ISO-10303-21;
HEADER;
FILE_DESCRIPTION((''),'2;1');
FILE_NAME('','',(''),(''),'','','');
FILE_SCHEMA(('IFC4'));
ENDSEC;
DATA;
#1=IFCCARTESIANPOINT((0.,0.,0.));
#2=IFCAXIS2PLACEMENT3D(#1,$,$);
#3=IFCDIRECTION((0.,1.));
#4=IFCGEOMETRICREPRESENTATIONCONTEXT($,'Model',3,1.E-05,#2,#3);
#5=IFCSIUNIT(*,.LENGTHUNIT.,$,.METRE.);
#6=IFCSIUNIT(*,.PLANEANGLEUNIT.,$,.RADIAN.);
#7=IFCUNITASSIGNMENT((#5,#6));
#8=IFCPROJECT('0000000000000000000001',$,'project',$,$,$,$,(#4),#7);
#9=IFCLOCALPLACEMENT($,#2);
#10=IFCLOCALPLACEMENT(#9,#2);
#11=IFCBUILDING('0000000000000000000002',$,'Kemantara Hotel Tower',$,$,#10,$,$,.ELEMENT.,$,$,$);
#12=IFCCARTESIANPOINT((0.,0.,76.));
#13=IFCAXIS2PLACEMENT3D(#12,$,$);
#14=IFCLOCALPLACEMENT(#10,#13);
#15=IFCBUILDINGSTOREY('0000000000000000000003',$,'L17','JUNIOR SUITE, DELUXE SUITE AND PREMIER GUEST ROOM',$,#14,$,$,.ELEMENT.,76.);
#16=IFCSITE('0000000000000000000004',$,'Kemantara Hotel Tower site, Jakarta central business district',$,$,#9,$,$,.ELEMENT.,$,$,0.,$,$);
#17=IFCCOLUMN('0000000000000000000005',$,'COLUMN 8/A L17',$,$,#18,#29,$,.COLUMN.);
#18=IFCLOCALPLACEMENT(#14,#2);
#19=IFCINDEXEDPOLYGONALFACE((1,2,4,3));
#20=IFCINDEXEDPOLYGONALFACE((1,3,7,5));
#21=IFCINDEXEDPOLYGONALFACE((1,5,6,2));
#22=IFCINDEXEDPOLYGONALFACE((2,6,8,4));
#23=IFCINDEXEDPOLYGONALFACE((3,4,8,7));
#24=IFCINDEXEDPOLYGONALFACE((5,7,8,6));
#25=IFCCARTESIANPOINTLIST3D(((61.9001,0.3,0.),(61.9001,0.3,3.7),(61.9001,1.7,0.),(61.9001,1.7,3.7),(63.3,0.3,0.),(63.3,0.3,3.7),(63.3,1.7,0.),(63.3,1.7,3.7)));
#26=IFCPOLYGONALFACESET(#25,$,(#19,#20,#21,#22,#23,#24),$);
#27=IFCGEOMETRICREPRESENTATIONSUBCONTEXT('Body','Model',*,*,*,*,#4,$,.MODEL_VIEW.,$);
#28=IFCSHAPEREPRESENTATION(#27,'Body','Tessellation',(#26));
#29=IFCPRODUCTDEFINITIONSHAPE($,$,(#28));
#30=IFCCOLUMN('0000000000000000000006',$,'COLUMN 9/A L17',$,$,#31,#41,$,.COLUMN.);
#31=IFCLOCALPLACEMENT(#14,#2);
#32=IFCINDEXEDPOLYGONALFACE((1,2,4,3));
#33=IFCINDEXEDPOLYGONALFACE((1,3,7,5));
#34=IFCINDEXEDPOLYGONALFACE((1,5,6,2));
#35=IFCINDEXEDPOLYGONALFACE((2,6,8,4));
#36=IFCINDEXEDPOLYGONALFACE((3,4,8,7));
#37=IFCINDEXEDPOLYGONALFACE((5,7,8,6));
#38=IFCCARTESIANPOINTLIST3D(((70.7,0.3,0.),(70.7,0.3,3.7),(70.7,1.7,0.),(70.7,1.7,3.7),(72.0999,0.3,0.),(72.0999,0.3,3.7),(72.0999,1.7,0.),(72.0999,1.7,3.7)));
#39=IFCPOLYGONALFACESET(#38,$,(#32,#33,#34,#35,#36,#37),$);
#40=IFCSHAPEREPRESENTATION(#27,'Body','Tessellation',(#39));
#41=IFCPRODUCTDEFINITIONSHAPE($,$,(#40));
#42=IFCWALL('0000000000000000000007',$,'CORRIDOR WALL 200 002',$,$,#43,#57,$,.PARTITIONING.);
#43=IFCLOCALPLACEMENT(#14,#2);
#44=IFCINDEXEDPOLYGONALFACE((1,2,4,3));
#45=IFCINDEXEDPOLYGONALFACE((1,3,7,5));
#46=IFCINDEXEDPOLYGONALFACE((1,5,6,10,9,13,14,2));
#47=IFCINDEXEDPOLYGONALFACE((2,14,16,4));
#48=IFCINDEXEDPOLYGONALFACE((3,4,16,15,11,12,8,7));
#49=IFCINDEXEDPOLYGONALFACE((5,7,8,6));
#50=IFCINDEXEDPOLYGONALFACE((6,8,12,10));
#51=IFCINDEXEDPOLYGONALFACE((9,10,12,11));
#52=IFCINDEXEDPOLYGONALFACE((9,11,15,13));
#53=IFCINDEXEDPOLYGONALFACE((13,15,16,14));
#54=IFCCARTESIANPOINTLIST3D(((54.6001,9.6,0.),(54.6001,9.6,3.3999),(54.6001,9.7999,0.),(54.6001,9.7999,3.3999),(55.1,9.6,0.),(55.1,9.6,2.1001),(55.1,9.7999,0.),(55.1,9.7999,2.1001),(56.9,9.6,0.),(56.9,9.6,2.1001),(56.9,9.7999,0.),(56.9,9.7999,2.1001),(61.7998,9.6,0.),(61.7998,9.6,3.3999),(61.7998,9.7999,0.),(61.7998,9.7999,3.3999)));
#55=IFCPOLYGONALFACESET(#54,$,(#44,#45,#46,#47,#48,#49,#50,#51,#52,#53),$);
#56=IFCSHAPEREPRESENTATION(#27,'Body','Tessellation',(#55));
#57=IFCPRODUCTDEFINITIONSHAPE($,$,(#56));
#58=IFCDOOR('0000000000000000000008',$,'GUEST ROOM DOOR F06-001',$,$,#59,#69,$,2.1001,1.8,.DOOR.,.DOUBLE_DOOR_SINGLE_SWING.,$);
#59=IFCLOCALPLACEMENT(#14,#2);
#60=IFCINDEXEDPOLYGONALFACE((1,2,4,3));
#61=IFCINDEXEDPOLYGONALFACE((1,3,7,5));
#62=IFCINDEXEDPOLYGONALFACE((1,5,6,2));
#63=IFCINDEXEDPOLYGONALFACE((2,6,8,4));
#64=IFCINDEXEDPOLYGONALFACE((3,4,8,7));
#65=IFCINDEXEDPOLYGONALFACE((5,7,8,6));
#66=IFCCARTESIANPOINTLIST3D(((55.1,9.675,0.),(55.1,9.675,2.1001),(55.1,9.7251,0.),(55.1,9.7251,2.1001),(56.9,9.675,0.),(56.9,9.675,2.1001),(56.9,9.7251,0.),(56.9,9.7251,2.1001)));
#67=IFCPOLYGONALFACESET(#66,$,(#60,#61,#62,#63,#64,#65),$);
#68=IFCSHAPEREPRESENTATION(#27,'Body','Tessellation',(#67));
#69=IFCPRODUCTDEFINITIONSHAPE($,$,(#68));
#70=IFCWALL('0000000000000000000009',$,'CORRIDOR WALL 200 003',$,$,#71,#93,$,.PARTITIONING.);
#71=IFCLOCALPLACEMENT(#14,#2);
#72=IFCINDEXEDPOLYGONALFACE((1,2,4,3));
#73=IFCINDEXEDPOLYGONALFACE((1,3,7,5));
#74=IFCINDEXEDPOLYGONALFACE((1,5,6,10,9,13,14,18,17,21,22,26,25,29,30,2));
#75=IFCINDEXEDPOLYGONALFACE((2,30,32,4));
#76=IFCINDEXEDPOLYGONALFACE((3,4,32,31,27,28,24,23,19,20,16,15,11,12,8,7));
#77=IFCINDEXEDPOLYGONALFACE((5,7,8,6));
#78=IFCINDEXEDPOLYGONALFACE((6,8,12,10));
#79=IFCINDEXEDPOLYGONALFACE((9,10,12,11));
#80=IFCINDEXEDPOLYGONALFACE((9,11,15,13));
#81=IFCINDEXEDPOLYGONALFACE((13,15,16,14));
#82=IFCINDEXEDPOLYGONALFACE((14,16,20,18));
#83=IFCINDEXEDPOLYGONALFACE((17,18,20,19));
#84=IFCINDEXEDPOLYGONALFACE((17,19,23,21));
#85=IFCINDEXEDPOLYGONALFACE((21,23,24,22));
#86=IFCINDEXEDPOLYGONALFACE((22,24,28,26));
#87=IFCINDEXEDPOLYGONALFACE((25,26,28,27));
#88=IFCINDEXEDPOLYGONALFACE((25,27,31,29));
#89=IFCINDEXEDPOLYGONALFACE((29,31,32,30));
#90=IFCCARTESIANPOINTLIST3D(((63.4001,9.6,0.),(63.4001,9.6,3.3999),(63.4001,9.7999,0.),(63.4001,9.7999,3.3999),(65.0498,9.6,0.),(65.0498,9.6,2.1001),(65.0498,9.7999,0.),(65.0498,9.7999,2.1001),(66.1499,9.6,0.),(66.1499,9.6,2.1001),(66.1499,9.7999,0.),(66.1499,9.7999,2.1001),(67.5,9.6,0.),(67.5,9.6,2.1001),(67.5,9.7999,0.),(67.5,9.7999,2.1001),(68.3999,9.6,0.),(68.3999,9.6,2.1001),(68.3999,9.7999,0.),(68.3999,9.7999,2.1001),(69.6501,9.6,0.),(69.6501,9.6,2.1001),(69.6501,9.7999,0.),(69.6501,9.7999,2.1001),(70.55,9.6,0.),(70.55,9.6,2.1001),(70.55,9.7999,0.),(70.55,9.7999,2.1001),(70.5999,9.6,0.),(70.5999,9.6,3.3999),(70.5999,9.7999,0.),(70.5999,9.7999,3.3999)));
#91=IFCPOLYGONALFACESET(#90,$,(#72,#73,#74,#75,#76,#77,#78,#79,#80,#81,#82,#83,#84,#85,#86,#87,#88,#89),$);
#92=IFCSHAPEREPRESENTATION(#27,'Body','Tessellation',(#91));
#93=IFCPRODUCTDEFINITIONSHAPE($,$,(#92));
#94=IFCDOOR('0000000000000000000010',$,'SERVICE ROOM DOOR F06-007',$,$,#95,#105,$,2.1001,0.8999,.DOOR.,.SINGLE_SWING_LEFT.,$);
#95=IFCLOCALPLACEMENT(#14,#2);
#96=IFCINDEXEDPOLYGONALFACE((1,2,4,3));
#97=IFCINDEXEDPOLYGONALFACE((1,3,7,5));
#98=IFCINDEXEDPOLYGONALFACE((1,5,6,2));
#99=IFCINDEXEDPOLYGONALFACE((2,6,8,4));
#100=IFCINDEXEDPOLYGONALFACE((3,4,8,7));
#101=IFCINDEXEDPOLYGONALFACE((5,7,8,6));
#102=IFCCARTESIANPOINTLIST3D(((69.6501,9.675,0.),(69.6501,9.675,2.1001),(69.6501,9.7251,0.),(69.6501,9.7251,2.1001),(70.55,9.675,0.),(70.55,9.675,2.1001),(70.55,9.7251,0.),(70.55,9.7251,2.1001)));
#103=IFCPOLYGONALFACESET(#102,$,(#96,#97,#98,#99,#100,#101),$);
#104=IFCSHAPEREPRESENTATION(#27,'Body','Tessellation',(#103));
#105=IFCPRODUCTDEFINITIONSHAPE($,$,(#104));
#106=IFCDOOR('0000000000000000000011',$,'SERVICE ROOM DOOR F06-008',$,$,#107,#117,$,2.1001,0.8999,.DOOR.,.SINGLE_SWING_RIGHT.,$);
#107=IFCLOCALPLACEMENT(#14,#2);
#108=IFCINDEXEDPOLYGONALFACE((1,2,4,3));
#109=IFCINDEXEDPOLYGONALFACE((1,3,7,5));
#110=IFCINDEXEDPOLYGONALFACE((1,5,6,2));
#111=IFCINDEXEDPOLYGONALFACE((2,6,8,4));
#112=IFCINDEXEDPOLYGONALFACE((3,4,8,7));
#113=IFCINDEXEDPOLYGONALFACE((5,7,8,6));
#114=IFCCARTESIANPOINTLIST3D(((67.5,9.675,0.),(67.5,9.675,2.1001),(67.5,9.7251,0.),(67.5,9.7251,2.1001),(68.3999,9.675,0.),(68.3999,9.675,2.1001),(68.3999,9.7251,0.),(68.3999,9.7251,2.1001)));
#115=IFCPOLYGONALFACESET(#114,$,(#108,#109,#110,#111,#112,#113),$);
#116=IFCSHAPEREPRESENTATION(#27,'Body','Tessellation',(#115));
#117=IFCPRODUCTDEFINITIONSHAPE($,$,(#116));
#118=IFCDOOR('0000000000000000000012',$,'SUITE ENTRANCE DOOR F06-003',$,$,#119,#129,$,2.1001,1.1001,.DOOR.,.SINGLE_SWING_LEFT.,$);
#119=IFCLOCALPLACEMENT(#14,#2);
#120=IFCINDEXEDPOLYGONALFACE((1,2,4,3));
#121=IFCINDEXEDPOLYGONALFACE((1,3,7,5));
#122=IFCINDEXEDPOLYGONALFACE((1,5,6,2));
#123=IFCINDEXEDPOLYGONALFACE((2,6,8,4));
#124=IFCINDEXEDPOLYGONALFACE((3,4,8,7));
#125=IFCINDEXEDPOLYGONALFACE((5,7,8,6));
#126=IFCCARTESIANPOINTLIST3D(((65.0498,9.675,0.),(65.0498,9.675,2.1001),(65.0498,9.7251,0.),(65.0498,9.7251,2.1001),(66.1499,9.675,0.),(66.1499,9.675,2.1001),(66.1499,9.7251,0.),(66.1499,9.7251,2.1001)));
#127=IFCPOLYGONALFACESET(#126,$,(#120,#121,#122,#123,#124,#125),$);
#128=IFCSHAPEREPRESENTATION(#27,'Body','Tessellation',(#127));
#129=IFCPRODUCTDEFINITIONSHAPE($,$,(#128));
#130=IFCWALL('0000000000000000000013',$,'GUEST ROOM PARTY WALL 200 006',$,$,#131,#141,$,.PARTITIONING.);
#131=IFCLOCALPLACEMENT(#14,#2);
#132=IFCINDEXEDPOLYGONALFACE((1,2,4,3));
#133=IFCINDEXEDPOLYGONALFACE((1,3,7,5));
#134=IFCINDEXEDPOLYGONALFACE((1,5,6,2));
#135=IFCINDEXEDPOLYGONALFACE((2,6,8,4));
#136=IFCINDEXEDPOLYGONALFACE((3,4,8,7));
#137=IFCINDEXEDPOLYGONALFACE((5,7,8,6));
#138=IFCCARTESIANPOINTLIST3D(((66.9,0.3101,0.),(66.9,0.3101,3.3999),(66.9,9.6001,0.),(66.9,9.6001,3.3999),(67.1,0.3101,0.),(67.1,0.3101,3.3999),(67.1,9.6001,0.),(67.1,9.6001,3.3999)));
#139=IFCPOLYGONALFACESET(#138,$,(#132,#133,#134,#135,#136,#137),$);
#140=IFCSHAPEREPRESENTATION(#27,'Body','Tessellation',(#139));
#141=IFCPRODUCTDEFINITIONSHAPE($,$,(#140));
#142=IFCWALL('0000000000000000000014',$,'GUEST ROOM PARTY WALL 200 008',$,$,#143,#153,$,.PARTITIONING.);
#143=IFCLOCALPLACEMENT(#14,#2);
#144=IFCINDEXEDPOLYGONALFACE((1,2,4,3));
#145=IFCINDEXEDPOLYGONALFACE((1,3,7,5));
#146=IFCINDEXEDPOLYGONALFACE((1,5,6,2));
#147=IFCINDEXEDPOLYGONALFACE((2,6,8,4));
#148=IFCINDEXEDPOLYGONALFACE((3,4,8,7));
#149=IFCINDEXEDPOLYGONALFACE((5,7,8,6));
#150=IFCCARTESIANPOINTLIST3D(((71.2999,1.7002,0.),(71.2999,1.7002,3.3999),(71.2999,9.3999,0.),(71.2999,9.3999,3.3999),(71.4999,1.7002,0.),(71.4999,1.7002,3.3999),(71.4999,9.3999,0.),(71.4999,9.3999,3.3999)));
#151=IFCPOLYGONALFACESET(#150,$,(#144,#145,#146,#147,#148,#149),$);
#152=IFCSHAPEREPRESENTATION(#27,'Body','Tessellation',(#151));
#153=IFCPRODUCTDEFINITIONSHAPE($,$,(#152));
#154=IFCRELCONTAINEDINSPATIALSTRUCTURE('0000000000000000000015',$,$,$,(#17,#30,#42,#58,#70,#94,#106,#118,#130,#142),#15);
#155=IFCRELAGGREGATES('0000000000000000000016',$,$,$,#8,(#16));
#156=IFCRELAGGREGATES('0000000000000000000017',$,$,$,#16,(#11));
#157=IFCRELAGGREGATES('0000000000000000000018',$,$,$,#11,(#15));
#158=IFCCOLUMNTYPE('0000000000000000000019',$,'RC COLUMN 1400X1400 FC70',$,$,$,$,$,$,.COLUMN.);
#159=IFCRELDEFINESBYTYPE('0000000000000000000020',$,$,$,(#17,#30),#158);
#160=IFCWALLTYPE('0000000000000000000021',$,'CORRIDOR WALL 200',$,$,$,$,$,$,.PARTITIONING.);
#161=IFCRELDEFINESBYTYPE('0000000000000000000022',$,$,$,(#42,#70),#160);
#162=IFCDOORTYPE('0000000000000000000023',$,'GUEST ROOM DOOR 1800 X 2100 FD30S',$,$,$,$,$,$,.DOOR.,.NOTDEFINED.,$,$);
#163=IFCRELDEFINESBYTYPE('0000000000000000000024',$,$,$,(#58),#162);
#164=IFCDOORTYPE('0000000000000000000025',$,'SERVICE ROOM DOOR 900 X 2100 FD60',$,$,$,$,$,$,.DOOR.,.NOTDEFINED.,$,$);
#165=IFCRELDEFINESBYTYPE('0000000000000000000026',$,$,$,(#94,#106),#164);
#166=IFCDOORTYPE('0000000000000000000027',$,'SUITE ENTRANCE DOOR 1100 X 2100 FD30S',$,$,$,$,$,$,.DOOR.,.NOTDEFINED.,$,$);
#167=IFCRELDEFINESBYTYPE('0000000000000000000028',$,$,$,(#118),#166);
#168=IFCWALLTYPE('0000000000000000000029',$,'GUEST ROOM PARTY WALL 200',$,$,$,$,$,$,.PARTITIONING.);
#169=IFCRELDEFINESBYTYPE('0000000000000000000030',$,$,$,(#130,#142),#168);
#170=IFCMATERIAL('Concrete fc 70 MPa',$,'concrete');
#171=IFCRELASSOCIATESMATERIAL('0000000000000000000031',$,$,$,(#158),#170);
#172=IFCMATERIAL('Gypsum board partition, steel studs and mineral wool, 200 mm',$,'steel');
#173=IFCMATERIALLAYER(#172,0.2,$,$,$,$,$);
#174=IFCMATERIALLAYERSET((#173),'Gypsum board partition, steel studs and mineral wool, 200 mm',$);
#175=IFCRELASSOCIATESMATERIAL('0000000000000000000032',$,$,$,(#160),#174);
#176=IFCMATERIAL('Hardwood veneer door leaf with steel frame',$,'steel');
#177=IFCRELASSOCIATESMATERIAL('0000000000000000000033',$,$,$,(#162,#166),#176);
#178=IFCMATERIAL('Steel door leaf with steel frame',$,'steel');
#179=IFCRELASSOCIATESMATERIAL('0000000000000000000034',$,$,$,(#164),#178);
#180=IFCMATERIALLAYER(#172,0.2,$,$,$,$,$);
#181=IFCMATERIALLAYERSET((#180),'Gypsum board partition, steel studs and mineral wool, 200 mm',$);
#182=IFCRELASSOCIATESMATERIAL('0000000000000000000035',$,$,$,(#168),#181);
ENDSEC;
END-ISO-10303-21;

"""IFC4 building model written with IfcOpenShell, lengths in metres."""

from ifc_helpers import new_model, si_unit, direction, frame, frame_2d, origin, origin_2d, place, context, subcontext, project, spatial, rectangle, extrude, material, layer, layer_set, material_profile, profile_set, type_object, element, fill, save


model = new_model("IFC4")

# Units and contexts
model_context = context("Model", 3, precision=1e-05, world=origin(), true_north=direction((0.0, 1.0)))
body_context = subcontext(model_context, "Body", "Model", "MODEL_VIEW")
ifc_project = project(units=[si_unit("LENGTHUNIT", "METRE"), si_unit("PLANEANGLEUNIT", "RADIAN")], contexts=[model_context])

# Site, building, storey
site_placement = place(None, origin())
site = spatial("IfcSite", under=ifc_project, at=site_placement, Name="Kemantara Hotel Tower site, Jakarta central business district", CompositionType="ELEMENT", RefElevation=0.0)
building_placement = place(site_placement, origin())
building = spatial("IfcBuilding", under=site, at=building_placement, Name="Kemantara Hotel Tower", CompositionType="ELEMENT")
storey_placement = place(building_placement, frame((0.0, 0.0, 76.0)))
storey = spatial("IfcBuildingStorey", under=building, at=storey_placement, Name="L17", Description="JUNIOR SUITE, DELUXE SUITE AND PREMIER GUEST ROOM", CompositionType="ELEMENT", Elevation=76.0)

# Columns
ifc_material_1 = material(Name="Concrete fc 70 MPa", Category="concrete")
ifc_material_profile = material_profile(ifc_material_1, rectangle(XDim=1.3999, YDim=1.3999, at=origin_2d()), Name="RC 1400X1400")
ifc_profile_set = profile_set([ifc_material_profile], Name="Concrete fc 70 MPa")
column_type = type_object("IfcColumnType", Name="RC COLUMN 1400X1400 FC70", PredefinedType="COLUMN", material=ifc_profile_set)
for number, where, z_axis, x_axis, name in (
    (1, (62.6001, 1.0, 0.0), (0.0, 0.0, 1.0), (1.0, 0.0, 0.0), "COLUMN 8/A L17"),
    (2, (71.3999, 1.0, 0.0), (0.0, 0.0, 1.0), (1.0, 0.0, 0.0), "COLUMN 9/A L17"),
):
    element("IfcColumn", number, at=place(storey_placement, frame(where, z_axis=z_axis, x_axis=x_axis)), inside=storey, type_object=column_type, Name=name, PredefinedType="COLUMN", context=body_context, shape_type="SweptSolid", body=[
        extrude(rectangle(XDim=1.3999, YDim=1.3999, at=origin_2d()), origin(), (0.0, 0.0, 1.0), 3.7),
    ])

# Wall, opening, door
ifc_material_2 = material(Name="Gypsum board partition, steel studs and mineral wool, 200 mm", Category="steel")
ifc_layer_1 = layer(ifc_material_2, 0.2)
ifc_layer_set_1 = layer_set([ifc_layer_1], Name="Gypsum board partition, steel studs and mineral wool, 200 mm")
wall_type_1 = type_object("IfcWallType", Name="CORRIDOR WALL 200", PredefinedType="PARTITIONING", material=ifc_layer_set_1)
wall_1_placement = place(storey_placement, frame((61.7998, 9.7, 0.0), z_axis=(0.0, 0.0, 1.0), x_axis=(-1.0, 0.0, 0.0)))
wall_1 = element("IfcWall", 3, at=wall_1_placement, inside=storey, type_object=wall_type_1, Name="CORRIDOR WALL 200 002", PredefinedType="PARTITIONING", context=body_context, shape_type="SweptSolid", body=[
    extrude(rectangle(XDim=7.1997, YDim=0.2, at=frame_2d((3.5999, 0.0))), origin(), (0.0, 0.0, 1.0), 3.3999),
])
opening_1_placement = place(wall_1_placement, frame((4.8999, 0.0, 0.0)))
opening_1 = element("IfcOpeningElement", 4, at=opening_1_placement, cuts=wall_1, PredefinedType="OPENING", context=body_context, shape_type="SweptSolid", body=[
    extrude(rectangle(XDim=1.8, YDim=2.1001, at=frame_2d((0.8999, 1.05))), frame((0.0, 0.1099, 0.0), z_axis=(0.0, -1.0, 0.0), x_axis=(1.0, 0.0, 0.0)), (0.0, 0.0, 1.0), 0.22),
])
ifc_material_3 = material(Name="Hardwood veneer door leaf with steel frame", Category="steel")
door_type_1 = type_object("IfcDoorType", Name="GUEST ROOM DOOR 1800 X 2100 FD30S", OperationType="NOTDEFINED", PredefinedType="DOOR", material=ifc_material_3)
door_1_placement = place(opening_1_placement, origin())
door_1 = element("IfcDoor", 5, at=door_1_placement, inside=storey, type_object=door_type_1, Name="GUEST ROOM DOOR F06-001", OperationType="DOUBLE_DOOR_SINGLE_SWING", OverallHeight=2.1001, OverallWidth=1.8, PredefinedType="DOOR", context=body_context, shape_type="SweptSolid", body=[
    extrude(rectangle(XDim=1.8, YDim=2.1001, at=frame_2d((0.8999, 1.05))), frame((0.0, 0.0249, 0.0), z_axis=(0.0, -1.0, 0.0), x_axis=(1.0, 0.0, 0.0)), (0.0, 0.0, 1.0), 0.05),
])
fill(opening_1, door_1)

# Wall, openings, doors
wall_2_placement = place(storey_placement, frame((70.5999, 9.7, 0.0), z_axis=(0.0, 0.0, 1.0), x_axis=(-1.0, 0.0, 0.0)))
wall_2 = element("IfcWall", 6, at=wall_2_placement, inside=storey, type_object=wall_type_1, Name="CORRIDOR WALL 200 003", PredefinedType="PARTITIONING", context=body_context, shape_type="SweptSolid", body=[
    extrude(rectangle(XDim=7.1997, YDim=0.2, at=frame_2d((3.5999, 0.0))), origin(), (0.0, 0.0, 1.0), 3.3999),
])
opening_2_placement = place(wall_2_placement, frame((4.45, 0.0, 0.0)))
opening_2 = element("IfcOpeningElement", 7, at=opening_2_placement, cuts=wall_2, PredefinedType="OPENING", context=body_context, shape_type="SweptSolid", body=[
    extrude(rectangle(XDim=1.1001, YDim=2.1001, at=frame_2d((0.55, 1.05))), frame((0.0, 0.1099, 0.0), z_axis=(0.0, -1.0, 0.0), x_axis=(1.0, 0.0, 0.0)), (0.0, 0.0, 1.0), 0.22),
])
opening_3_placement = place(wall_2_placement, frame((0.0498, 0.0, 0.0)))
opening_3 = element("IfcOpeningElement", 8, at=opening_3_placement, cuts=wall_2, PredefinedType="OPENING", context=body_context, shape_type="SweptSolid", body=[
    extrude(rectangle(XDim=0.8999, YDim=2.1001, at=frame_2d((0.45, 1.05))), frame((0.0, 0.1099, 0.0), z_axis=(0.0, -1.0, 0.0), x_axis=(1.0, 0.0, 0.0)), (0.0, 0.0, 1.0), 0.22),
])
opening_4_placement = place(wall_2_placement, frame((2.2, 0.0, 0.0)))
opening_4 = element("IfcOpeningElement", 9, at=opening_4_placement, cuts=wall_2, PredefinedType="OPENING", context=body_context, shape_type="SweptSolid", body=[
    extrude(rectangle(XDim=0.8999, YDim=2.1001, at=frame_2d((0.45, 1.05))), frame((0.0, 0.1099, 0.0), z_axis=(0.0, -1.0, 0.0), x_axis=(1.0, 0.0, 0.0)), (0.0, 0.0, 1.0), 0.22),
])
ifc_material_4 = material(Name="Steel door leaf with steel frame", Category="steel")
door_type_2 = type_object("IfcDoorType", Name="SERVICE ROOM DOOR 900 X 2100 FD60", OperationType="NOTDEFINED", PredefinedType="DOOR", material=ifc_material_4)
door_2_placement = place(opening_3_placement, origin())
door_2 = element("IfcDoor", 10, at=door_2_placement, inside=storey, type_object=door_type_2, Name="SERVICE ROOM DOOR F06-007", OperationType="SINGLE_SWING_LEFT", OverallHeight=2.1001, OverallWidth=0.8999, PredefinedType="DOOR", context=body_context, shape_type="SweptSolid", body=[
    extrude(rectangle(XDim=0.8999, YDim=2.1001, at=frame_2d((0.45, 1.05))), frame((0.0, 0.0249, 0.0), z_axis=(0.0, -1.0, 0.0), x_axis=(1.0, 0.0, 0.0)), (0.0, 0.0, 1.0), 0.05),
])
fill(opening_3, door_2)
door_3_placement = place(opening_4_placement, origin())
door_3 = element("IfcDoor", 11, at=door_3_placement, inside=storey, type_object=door_type_2, Name="SERVICE ROOM DOOR F06-008", OperationType="SINGLE_SWING_RIGHT", OverallHeight=2.1001, OverallWidth=0.8999, PredefinedType="DOOR", context=body_context, shape_type="SweptSolid", body=[
    extrude(rectangle(XDim=0.8999, YDim=2.1001, at=frame_2d((0.45, 1.05))), frame((0.0, 0.0249, 0.0), z_axis=(0.0, -1.0, 0.0), x_axis=(1.0, 0.0, 0.0)), (0.0, 0.0, 1.0), 0.05),
])
fill(opening_4, door_3)
door_type_3 = type_object("IfcDoorType", Name="SUITE ENTRANCE DOOR 1100 X 2100 FD30S", OperationType="NOTDEFINED", PredefinedType="DOOR", material=ifc_material_3)
door_4_placement = place(opening_2_placement, origin())
door_4 = element("IfcDoor", 12, at=door_4_placement, inside=storey, type_object=door_type_3, Name="SUITE ENTRANCE DOOR F06-003", OperationType="SINGLE_SWING_LEFT", OverallHeight=2.1001, OverallWidth=1.1001, PredefinedType="DOOR", context=body_context, shape_type="SweptSolid", body=[
    extrude(rectangle(XDim=1.1001, YDim=2.1001, at=frame_2d((0.55, 1.05))), frame((0.0, 0.0249, 0.0), z_axis=(0.0, -1.0, 0.0), x_axis=(1.0, 0.0, 0.0)), (0.0, 0.0, 1.0), 0.05),
])
fill(opening_2, door_4)

# Walls
ifc_layer_2 = layer(ifc_material_2, 0.2)
ifc_layer_set_2 = layer_set([ifc_layer_2], Name="Gypsum board partition, steel studs and mineral wool, 200 mm")
wall_type_2 = type_object("IfcWallType", Name="GUEST ROOM PARTY WALL 200", PredefinedType="PARTITIONING", material=ifc_layer_set_2)
wall_3_placement = place(storey_placement, frame((67.0, 0.3101, 0.0), z_axis=(0.0, 0.0, 1.0), x_axis=(0.0, 1.0, 0.0)))
element("IfcWall", 13, at=wall_3_placement, inside=storey, type_object=wall_type_2, Name="GUEST ROOM PARTY WALL 200 006", PredefinedType="PARTITIONING", context=body_context, shape_type="SweptSolid", body=[
    extrude(rectangle(XDim=9.29, YDim=0.2, at=frame_2d((4.645, 0.0))), origin(), (0.0, 0.0, 1.0), 3.3999),
])
wall_4_placement = place(storey_placement, frame((71.3999, 1.7002, 0.0), z_axis=(0.0, 0.0, 1.0), x_axis=(0.0, 1.0, 0.0)))
element("IfcWall", 14, at=wall_4_placement, inside=storey, type_object=wall_type_2, Name="GUEST ROOM PARTY WALL 200 008", PredefinedType="PARTITIONING", context=body_context, shape_type="SweptSolid", body=[
    extrude(rectangle(XDim=7.6997, YDim=0.2, at=frame_2d((3.8499, 0.0))), origin(), (0.0, 0.0, 1.0), 3.3999),
])

save(model, "model.ifc")
